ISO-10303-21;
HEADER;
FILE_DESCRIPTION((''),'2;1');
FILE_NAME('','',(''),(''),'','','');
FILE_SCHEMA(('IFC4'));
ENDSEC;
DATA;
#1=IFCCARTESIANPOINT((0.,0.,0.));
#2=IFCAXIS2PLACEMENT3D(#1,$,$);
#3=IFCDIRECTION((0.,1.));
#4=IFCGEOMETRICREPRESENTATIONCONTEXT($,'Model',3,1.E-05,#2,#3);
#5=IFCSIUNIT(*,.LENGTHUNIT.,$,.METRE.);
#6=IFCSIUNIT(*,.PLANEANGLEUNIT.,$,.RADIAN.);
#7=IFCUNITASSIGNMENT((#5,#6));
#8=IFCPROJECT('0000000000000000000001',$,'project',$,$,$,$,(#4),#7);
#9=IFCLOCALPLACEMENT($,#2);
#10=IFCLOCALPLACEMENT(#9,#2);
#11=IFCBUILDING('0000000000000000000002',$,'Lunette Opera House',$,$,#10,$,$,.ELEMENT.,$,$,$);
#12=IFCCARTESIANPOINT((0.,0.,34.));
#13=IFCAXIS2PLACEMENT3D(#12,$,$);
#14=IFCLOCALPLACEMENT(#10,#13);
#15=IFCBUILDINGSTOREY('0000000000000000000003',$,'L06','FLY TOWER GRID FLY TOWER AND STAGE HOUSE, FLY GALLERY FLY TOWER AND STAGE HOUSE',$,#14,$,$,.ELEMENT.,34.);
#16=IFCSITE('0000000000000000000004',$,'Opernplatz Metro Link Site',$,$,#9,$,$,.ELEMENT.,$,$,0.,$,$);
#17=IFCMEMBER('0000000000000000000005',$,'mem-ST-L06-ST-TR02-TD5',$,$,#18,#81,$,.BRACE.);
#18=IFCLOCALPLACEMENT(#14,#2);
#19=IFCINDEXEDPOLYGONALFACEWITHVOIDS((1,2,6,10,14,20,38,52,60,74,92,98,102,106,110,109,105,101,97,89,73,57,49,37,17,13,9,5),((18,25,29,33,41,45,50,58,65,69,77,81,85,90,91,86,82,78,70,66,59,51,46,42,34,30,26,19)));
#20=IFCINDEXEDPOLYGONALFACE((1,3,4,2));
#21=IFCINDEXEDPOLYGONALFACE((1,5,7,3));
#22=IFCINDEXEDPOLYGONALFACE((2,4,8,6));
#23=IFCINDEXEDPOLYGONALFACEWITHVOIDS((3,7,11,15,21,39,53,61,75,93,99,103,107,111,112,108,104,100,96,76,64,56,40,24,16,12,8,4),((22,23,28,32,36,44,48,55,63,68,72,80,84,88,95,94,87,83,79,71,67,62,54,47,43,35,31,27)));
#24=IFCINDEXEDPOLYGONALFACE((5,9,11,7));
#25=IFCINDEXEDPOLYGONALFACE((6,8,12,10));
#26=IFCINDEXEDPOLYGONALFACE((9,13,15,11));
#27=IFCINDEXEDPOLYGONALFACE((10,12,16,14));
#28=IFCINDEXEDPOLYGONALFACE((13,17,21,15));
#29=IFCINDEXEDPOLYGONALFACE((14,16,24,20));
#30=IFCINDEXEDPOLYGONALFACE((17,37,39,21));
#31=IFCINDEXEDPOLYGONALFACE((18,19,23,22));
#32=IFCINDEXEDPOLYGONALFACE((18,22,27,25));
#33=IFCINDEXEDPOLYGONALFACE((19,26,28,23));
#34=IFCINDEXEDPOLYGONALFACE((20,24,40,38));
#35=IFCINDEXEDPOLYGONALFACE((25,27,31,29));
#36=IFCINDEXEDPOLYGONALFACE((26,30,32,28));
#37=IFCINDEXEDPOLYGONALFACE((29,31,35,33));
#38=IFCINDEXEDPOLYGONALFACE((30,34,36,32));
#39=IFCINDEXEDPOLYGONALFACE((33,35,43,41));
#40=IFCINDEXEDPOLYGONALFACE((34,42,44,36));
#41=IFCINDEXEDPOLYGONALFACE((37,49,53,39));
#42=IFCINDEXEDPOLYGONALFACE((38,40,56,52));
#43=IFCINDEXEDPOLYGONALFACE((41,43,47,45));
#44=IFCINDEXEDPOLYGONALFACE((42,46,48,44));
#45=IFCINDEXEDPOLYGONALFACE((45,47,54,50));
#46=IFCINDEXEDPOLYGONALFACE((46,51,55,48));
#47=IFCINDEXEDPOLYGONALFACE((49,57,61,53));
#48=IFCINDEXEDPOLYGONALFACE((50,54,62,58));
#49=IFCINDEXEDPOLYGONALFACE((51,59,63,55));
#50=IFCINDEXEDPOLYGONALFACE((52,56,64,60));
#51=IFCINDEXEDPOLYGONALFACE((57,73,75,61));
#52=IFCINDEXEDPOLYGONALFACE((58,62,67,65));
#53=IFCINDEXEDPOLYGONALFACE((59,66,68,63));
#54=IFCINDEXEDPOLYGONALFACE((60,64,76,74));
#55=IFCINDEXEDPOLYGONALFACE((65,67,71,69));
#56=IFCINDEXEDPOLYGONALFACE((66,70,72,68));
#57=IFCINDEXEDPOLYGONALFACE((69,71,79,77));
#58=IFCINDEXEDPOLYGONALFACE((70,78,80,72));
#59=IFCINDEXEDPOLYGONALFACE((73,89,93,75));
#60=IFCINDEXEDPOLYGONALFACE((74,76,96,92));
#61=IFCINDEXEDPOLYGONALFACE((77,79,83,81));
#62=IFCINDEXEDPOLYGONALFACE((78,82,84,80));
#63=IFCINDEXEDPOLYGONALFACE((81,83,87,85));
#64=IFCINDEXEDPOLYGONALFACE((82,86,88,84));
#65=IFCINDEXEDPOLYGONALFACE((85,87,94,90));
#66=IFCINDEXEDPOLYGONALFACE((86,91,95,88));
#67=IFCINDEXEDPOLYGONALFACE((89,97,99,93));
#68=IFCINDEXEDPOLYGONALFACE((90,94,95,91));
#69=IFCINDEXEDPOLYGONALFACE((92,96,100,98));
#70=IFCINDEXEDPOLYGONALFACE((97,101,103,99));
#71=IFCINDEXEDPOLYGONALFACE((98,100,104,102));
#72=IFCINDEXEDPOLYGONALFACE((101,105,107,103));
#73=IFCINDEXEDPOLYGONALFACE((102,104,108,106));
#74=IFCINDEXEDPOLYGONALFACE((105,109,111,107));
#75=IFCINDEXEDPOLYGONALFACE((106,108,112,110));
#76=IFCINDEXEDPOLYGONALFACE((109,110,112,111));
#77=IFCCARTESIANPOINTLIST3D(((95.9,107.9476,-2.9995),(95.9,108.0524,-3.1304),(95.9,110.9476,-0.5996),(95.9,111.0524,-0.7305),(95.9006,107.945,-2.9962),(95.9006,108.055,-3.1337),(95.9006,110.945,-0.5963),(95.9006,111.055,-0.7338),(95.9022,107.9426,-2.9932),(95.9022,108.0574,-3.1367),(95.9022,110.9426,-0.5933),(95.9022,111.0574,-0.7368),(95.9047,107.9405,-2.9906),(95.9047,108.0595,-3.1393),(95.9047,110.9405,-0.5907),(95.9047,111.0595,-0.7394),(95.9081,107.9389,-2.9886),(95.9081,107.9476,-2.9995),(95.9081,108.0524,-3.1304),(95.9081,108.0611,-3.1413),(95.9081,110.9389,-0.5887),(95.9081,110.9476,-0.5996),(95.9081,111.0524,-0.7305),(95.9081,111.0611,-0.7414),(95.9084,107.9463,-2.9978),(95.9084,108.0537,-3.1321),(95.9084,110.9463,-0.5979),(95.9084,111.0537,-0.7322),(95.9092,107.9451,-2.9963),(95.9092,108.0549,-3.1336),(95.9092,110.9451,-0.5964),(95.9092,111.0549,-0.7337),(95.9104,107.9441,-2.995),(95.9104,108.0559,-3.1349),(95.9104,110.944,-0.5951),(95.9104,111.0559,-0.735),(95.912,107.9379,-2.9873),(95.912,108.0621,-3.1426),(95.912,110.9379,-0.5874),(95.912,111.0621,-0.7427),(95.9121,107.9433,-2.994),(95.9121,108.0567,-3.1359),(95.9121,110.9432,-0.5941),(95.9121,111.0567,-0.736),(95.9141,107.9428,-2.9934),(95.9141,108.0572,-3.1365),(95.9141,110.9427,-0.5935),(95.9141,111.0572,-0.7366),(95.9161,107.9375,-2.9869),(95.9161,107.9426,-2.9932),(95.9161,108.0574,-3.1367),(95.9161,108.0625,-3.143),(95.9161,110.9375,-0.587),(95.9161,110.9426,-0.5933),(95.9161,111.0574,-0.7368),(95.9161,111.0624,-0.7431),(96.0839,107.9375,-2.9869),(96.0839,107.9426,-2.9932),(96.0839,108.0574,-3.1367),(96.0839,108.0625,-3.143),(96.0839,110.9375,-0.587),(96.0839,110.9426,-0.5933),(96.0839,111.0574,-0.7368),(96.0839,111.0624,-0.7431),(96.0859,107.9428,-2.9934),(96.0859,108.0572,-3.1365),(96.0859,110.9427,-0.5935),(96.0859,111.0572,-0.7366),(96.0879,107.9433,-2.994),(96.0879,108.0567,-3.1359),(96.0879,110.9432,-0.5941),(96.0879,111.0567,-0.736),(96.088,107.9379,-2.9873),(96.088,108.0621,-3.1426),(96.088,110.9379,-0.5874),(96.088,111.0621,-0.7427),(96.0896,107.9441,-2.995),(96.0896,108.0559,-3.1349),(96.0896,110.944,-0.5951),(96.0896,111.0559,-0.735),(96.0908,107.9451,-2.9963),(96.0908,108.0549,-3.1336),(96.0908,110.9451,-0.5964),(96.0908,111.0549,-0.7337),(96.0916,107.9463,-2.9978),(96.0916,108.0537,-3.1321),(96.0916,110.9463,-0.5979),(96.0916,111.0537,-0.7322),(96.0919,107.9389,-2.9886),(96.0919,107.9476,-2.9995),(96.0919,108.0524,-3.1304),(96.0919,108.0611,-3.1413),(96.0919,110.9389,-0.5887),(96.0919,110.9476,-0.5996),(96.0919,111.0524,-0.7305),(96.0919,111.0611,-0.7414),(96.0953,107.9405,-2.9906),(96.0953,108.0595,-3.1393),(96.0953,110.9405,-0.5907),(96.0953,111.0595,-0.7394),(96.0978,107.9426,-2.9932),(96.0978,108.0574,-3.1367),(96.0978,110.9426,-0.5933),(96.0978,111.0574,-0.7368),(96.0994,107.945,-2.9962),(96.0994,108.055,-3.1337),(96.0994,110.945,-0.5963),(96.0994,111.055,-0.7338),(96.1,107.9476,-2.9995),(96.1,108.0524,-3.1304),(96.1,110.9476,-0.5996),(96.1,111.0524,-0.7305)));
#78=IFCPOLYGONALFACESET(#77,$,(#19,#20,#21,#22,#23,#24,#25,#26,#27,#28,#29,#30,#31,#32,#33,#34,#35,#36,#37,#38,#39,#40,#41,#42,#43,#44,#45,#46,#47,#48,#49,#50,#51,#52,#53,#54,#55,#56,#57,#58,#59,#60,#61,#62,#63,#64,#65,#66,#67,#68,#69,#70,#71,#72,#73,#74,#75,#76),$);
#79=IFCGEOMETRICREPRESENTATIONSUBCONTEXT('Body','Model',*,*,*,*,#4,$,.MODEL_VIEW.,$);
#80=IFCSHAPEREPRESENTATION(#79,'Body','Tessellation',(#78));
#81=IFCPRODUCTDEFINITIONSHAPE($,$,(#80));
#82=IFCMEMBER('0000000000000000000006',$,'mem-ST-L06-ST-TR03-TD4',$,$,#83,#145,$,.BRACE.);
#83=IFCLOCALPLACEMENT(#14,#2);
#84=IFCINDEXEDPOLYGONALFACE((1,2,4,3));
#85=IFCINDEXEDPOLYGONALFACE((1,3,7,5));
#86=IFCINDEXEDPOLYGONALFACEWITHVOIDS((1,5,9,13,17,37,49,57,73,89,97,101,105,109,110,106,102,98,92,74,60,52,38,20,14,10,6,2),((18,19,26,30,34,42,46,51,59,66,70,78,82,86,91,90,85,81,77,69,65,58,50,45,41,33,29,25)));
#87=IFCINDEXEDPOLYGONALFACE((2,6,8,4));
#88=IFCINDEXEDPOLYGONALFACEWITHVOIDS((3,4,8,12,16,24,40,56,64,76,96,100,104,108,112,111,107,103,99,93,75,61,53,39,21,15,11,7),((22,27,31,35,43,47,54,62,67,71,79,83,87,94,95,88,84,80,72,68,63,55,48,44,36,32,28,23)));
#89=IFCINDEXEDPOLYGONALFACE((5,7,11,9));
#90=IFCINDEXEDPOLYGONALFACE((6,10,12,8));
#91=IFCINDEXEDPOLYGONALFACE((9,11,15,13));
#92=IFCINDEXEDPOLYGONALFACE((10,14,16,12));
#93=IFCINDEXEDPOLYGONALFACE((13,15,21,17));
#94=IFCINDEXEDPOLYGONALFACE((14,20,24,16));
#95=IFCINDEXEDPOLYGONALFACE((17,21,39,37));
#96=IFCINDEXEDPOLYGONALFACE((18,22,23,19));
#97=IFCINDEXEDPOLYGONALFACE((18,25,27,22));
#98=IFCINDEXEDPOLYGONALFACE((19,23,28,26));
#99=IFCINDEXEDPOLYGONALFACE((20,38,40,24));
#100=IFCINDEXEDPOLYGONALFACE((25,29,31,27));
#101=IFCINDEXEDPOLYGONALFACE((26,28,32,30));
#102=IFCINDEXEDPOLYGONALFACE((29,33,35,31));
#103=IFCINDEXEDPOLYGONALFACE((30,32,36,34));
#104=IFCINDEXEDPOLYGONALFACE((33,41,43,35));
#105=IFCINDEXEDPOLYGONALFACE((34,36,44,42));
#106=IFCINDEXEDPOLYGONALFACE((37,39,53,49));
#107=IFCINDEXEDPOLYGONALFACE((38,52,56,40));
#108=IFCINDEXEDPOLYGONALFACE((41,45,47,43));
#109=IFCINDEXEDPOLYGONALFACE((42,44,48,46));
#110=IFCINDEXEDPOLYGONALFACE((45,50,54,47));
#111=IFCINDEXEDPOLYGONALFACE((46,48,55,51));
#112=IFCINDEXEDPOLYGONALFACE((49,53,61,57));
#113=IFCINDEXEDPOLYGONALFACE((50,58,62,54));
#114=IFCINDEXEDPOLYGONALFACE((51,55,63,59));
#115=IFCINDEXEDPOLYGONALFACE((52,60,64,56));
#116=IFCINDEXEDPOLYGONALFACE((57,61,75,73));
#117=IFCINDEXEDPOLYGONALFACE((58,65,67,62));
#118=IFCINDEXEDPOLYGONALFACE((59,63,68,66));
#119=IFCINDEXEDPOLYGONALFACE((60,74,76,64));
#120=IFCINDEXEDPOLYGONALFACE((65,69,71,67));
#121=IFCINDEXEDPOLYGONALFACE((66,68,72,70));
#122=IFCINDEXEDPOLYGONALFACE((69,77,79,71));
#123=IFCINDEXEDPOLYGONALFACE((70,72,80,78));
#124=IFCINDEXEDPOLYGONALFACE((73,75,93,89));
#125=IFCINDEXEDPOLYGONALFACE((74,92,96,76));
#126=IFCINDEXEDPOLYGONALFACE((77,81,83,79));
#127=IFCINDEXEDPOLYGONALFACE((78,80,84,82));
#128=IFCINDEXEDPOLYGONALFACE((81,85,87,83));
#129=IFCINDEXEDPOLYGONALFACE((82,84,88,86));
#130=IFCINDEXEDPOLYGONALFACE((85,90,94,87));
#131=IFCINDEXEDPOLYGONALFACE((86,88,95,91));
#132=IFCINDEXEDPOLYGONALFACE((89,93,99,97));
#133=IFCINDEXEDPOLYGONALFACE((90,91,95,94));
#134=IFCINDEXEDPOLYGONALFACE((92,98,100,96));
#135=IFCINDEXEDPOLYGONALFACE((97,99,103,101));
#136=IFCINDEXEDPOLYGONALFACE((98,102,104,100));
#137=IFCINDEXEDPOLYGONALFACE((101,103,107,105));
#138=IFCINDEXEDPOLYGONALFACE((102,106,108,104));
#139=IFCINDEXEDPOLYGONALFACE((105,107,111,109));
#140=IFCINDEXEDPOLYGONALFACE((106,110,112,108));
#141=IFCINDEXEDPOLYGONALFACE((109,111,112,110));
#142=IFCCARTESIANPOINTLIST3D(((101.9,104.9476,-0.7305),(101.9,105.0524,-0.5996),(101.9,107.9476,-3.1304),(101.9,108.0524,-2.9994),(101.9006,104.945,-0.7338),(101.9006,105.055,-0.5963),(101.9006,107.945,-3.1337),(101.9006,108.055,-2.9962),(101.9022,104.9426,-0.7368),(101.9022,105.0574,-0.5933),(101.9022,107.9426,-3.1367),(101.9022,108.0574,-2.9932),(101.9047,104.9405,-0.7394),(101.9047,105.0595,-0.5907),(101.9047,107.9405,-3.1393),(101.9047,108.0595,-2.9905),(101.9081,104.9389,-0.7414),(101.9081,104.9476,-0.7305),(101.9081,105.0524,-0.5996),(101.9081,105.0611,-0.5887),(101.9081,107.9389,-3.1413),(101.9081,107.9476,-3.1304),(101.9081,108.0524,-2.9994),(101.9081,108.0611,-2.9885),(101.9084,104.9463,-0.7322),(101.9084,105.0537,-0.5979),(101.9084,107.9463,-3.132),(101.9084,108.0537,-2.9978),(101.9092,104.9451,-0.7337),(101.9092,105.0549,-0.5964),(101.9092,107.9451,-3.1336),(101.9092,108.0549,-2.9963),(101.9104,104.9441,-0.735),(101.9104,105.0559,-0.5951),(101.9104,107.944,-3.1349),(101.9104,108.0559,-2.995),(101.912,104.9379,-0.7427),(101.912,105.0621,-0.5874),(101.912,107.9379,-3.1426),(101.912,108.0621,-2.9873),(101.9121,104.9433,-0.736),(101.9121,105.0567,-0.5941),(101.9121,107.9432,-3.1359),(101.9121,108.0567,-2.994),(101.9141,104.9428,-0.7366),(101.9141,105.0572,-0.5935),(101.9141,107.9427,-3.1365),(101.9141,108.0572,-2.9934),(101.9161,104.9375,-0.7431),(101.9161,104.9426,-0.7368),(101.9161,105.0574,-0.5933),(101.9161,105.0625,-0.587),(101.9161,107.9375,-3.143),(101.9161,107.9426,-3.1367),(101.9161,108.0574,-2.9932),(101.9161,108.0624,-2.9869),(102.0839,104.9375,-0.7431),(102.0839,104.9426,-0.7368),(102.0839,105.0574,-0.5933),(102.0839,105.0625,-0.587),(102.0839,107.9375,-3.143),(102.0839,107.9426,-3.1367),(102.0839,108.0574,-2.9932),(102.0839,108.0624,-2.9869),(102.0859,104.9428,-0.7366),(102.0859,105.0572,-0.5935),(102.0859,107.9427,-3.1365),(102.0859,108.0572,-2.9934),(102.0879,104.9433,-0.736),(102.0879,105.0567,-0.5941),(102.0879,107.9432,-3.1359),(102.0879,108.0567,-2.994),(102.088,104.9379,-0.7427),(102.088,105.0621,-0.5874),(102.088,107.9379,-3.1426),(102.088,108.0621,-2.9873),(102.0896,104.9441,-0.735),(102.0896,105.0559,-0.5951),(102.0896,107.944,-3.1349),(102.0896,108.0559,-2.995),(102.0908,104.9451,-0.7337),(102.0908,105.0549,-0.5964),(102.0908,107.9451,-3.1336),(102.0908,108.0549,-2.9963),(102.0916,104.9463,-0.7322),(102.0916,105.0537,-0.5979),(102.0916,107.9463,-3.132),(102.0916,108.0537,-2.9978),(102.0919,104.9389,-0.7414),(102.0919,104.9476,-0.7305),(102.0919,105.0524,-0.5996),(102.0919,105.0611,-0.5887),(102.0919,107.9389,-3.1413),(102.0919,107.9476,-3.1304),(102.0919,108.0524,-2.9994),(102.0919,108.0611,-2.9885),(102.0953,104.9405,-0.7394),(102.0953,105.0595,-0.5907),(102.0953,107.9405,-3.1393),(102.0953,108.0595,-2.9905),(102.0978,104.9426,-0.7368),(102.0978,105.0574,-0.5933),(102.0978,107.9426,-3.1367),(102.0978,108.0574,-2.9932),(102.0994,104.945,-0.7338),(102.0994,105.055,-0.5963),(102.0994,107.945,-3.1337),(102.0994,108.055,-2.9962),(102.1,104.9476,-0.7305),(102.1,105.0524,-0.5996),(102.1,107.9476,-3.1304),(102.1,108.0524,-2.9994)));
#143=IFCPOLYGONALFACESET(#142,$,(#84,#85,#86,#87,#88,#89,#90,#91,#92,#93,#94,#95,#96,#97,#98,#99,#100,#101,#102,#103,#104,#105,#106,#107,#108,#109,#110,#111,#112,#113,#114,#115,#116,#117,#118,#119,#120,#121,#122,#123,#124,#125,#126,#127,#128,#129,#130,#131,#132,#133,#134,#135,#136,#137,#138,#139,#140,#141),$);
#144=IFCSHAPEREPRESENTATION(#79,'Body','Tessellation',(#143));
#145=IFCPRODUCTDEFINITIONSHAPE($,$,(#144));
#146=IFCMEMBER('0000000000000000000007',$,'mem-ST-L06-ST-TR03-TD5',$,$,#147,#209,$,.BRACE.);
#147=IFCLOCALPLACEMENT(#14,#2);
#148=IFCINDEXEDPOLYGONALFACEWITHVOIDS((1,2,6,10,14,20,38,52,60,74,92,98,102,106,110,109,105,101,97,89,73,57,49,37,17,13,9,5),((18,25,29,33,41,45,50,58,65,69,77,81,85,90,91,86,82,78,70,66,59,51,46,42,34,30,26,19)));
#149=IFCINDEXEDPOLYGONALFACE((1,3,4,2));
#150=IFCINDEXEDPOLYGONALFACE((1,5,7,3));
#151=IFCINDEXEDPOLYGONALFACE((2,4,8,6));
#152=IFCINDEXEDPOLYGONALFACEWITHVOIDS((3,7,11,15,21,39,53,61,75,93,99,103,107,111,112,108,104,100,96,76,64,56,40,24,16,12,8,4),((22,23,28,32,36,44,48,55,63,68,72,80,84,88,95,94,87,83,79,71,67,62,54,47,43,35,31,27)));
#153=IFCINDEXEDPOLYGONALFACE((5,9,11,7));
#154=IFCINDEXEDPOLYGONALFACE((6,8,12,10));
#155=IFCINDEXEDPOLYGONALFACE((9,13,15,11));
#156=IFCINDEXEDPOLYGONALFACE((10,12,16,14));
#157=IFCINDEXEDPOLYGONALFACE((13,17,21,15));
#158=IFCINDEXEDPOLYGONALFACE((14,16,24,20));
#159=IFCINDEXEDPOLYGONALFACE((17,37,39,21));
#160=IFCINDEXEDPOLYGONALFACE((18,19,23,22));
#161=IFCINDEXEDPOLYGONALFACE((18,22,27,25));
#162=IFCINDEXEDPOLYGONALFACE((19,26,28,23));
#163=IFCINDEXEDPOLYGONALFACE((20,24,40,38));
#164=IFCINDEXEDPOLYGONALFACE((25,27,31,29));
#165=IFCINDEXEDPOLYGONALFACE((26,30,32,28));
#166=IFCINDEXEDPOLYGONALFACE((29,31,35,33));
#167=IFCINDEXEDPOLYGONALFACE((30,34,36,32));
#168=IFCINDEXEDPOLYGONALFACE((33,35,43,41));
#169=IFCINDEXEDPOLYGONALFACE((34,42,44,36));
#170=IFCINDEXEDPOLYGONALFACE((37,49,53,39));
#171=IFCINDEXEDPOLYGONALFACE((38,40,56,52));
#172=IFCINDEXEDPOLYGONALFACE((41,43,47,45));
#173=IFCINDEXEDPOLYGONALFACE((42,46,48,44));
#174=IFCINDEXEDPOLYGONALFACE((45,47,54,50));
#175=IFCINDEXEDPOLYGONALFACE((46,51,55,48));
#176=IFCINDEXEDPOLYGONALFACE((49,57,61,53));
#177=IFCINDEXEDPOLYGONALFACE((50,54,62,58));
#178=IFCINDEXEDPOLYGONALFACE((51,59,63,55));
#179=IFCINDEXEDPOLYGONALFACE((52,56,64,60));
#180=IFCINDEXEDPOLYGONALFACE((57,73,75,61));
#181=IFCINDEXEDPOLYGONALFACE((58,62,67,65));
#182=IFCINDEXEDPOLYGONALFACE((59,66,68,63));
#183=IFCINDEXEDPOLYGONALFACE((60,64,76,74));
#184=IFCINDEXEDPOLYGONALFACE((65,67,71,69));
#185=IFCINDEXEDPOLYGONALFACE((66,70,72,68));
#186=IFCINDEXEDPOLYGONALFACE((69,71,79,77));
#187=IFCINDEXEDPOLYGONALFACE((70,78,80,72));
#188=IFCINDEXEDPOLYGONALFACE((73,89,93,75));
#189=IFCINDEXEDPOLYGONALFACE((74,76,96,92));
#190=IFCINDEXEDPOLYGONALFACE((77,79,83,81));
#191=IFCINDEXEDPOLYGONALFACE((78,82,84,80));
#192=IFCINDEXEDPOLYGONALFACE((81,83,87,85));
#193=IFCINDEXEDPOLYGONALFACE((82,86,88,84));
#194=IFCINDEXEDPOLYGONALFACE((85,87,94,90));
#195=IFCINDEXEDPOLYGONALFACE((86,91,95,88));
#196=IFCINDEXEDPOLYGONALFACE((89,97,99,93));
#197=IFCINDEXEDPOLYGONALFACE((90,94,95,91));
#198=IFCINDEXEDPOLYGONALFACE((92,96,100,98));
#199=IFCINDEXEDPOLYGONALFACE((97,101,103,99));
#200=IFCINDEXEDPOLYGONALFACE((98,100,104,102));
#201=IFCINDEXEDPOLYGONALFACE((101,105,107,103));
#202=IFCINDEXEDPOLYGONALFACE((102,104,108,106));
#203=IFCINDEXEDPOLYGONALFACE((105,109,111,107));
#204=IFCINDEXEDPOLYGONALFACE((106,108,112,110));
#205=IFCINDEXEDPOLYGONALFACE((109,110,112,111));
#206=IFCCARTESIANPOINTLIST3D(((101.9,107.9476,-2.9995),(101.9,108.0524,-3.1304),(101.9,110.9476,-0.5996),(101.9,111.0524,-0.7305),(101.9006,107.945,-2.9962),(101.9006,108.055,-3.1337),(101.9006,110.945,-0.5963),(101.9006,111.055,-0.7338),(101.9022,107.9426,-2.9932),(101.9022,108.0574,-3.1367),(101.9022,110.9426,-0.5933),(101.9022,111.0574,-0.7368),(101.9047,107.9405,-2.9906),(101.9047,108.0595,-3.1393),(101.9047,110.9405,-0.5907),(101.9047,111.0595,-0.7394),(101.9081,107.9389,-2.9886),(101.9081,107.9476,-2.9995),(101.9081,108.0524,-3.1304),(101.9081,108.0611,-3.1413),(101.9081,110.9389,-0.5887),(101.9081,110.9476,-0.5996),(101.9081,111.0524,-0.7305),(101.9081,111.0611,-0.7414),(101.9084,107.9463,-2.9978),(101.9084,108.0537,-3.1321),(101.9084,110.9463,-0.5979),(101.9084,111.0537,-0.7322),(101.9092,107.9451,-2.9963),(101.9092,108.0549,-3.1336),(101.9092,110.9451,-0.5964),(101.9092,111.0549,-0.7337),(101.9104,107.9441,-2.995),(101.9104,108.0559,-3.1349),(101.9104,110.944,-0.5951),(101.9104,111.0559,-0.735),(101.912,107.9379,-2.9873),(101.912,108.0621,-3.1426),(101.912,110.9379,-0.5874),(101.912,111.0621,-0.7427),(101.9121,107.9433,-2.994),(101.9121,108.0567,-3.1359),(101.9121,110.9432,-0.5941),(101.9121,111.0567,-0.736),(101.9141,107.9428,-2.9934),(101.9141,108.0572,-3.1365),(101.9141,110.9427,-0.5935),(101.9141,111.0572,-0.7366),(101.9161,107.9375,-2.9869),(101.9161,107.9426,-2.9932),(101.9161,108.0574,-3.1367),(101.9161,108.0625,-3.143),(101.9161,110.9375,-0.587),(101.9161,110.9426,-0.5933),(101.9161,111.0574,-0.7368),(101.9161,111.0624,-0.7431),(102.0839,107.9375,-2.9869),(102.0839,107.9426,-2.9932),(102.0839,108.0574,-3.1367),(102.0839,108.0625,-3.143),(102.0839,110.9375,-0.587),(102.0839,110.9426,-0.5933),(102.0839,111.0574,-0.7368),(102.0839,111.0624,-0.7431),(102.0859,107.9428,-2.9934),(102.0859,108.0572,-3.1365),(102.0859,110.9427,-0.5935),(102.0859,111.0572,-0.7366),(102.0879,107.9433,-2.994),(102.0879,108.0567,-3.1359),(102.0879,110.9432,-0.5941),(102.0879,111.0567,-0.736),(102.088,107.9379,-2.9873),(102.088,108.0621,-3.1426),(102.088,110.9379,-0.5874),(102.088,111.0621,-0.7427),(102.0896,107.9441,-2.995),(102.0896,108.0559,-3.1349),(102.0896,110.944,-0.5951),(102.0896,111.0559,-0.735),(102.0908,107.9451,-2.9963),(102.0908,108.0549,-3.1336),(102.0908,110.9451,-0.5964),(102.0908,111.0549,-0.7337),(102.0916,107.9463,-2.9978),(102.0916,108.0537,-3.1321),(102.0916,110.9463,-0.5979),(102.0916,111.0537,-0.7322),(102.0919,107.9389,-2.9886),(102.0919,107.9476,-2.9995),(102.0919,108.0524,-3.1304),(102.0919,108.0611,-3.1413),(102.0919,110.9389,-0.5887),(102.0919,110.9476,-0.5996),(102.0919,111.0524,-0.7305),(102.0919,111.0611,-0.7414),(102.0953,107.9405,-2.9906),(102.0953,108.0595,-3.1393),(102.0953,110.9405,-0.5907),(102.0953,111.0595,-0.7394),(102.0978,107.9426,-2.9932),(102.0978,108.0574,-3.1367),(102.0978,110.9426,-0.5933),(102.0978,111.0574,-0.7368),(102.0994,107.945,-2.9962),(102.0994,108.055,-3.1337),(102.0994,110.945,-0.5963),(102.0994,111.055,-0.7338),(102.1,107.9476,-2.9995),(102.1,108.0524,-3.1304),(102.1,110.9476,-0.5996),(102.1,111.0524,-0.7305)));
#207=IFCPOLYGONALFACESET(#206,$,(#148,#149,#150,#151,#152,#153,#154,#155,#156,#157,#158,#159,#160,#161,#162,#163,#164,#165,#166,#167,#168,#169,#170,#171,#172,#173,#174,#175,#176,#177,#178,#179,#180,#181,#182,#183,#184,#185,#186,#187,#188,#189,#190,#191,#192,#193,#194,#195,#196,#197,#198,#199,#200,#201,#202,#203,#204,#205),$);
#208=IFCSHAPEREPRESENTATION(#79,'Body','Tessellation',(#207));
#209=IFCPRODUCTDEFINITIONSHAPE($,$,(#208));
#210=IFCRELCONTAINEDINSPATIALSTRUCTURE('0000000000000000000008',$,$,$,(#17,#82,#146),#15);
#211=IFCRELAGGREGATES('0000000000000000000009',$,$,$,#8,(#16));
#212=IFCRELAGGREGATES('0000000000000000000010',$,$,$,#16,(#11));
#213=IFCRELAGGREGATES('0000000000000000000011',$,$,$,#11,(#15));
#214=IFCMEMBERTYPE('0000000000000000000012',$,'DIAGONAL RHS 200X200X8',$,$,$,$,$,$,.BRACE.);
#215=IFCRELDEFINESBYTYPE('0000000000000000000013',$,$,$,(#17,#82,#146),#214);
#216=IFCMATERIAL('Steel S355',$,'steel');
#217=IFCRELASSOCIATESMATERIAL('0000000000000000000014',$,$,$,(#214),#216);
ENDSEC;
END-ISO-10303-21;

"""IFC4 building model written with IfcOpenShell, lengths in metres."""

from ifc_helpers import new_model, si_unit, direction, frame, origin, origin_2d, place, context, subcontext, project, spatial, hollow_rectangle, extrude, material, material_profile, profile_set, type_object, element, save


model = new_model("IFC4")

# Units and contexts
model_context = context("Model", 3, precision=1e-05, world=origin(), true_north=direction((0.0, 1.0)))
body_context = subcontext(model_context, "Body", "Model", "MODEL_VIEW")
ifc_project = project(units=[si_unit("LENGTHUNIT", "METRE"), si_unit("PLANEANGLEUNIT", "RADIAN")], contexts=[model_context])

# Site, building, storey
site_placement = place(None, origin())
site = spatial("IfcSite", under=ifc_project, at=site_placement, Name="Opernplatz Metro Link Site", CompositionType="ELEMENT", RefElevation=0.0)
building_placement = place(site_placement, origin())
building = spatial("IfcBuilding", under=site, at=building_placement, Name="Lunette Opera House", CompositionType="ELEMENT")
storey_placement = place(building_placement, frame((0.0, 0.0, 34.0)))
storey = spatial("IfcBuildingStorey", under=building, at=storey_placement, Name="L06", Description="FLY TOWER GRID FLY TOWER AND STAGE HOUSE, FLY GALLERY FLY TOWER AND STAGE HOUSE", CompositionType="ELEMENT", Elevation=34.0)

# Members
ifc_material_1 = material(Name="Steel S355", Category="steel")
ifc_material_profile_1 = material_profile(ifc_material_1, hollow_rectangle(XDim=0.2, YDim=0.2, WallThickness=0.0081, InnerFilletRadius=0.0081, OuterFilletRadius=0.0161, at=origin_2d()), Name="RHS 200X200X8")
ifc_profile_set_1 = profile_set([ifc_material_profile_1], Name="Steel S355")
member_type_1 = type_object("IfcMemberType", Name="DIAGONAL RHS 200X200X8", PredefinedType="BRACE", material=ifc_profile_set_1)
for number, where, z_axis, x_axis, name in (
    (1, (96.0, 108.0, -3.0649), (0.0, 0.780881, 0.62468), (-1.0, 0.0, 0.0), "mem-ST-L06-ST-TR02-TD5"),
    (2, (102.0, 105.0, -0.665), (0.0, 0.780881, -0.62468), (-1.0, 0.0, 0.0), "mem-ST-L06-ST-TR03-TD4"),
    (3, (102.0, 108.0, -3.0649), (0.0, 0.780881, 0.62468), (-1.0, 0.0, 0.0), "mem-ST-L06-ST-TR03-TD5"),
):
    element("IfcMember", number, at=place(storey_placement, frame(where, z_axis=z_axis, x_axis=x_axis)), inside=storey, type_object=member_type_1, Name=name, PredefinedType="BRACE", context=body_context, shape_type="SweptSolid", body=[
        extrude(hollow_rectangle(XDim=0.2, YDim=0.2, WallThickness=0.0081, InnerFilletRadius=0.0081, OuterFilletRadius=0.0161, at=origin_2d()), origin(), (0.0, 0.0, 1.0), 3.8418),
    ])

save(model, "model.ifc")
